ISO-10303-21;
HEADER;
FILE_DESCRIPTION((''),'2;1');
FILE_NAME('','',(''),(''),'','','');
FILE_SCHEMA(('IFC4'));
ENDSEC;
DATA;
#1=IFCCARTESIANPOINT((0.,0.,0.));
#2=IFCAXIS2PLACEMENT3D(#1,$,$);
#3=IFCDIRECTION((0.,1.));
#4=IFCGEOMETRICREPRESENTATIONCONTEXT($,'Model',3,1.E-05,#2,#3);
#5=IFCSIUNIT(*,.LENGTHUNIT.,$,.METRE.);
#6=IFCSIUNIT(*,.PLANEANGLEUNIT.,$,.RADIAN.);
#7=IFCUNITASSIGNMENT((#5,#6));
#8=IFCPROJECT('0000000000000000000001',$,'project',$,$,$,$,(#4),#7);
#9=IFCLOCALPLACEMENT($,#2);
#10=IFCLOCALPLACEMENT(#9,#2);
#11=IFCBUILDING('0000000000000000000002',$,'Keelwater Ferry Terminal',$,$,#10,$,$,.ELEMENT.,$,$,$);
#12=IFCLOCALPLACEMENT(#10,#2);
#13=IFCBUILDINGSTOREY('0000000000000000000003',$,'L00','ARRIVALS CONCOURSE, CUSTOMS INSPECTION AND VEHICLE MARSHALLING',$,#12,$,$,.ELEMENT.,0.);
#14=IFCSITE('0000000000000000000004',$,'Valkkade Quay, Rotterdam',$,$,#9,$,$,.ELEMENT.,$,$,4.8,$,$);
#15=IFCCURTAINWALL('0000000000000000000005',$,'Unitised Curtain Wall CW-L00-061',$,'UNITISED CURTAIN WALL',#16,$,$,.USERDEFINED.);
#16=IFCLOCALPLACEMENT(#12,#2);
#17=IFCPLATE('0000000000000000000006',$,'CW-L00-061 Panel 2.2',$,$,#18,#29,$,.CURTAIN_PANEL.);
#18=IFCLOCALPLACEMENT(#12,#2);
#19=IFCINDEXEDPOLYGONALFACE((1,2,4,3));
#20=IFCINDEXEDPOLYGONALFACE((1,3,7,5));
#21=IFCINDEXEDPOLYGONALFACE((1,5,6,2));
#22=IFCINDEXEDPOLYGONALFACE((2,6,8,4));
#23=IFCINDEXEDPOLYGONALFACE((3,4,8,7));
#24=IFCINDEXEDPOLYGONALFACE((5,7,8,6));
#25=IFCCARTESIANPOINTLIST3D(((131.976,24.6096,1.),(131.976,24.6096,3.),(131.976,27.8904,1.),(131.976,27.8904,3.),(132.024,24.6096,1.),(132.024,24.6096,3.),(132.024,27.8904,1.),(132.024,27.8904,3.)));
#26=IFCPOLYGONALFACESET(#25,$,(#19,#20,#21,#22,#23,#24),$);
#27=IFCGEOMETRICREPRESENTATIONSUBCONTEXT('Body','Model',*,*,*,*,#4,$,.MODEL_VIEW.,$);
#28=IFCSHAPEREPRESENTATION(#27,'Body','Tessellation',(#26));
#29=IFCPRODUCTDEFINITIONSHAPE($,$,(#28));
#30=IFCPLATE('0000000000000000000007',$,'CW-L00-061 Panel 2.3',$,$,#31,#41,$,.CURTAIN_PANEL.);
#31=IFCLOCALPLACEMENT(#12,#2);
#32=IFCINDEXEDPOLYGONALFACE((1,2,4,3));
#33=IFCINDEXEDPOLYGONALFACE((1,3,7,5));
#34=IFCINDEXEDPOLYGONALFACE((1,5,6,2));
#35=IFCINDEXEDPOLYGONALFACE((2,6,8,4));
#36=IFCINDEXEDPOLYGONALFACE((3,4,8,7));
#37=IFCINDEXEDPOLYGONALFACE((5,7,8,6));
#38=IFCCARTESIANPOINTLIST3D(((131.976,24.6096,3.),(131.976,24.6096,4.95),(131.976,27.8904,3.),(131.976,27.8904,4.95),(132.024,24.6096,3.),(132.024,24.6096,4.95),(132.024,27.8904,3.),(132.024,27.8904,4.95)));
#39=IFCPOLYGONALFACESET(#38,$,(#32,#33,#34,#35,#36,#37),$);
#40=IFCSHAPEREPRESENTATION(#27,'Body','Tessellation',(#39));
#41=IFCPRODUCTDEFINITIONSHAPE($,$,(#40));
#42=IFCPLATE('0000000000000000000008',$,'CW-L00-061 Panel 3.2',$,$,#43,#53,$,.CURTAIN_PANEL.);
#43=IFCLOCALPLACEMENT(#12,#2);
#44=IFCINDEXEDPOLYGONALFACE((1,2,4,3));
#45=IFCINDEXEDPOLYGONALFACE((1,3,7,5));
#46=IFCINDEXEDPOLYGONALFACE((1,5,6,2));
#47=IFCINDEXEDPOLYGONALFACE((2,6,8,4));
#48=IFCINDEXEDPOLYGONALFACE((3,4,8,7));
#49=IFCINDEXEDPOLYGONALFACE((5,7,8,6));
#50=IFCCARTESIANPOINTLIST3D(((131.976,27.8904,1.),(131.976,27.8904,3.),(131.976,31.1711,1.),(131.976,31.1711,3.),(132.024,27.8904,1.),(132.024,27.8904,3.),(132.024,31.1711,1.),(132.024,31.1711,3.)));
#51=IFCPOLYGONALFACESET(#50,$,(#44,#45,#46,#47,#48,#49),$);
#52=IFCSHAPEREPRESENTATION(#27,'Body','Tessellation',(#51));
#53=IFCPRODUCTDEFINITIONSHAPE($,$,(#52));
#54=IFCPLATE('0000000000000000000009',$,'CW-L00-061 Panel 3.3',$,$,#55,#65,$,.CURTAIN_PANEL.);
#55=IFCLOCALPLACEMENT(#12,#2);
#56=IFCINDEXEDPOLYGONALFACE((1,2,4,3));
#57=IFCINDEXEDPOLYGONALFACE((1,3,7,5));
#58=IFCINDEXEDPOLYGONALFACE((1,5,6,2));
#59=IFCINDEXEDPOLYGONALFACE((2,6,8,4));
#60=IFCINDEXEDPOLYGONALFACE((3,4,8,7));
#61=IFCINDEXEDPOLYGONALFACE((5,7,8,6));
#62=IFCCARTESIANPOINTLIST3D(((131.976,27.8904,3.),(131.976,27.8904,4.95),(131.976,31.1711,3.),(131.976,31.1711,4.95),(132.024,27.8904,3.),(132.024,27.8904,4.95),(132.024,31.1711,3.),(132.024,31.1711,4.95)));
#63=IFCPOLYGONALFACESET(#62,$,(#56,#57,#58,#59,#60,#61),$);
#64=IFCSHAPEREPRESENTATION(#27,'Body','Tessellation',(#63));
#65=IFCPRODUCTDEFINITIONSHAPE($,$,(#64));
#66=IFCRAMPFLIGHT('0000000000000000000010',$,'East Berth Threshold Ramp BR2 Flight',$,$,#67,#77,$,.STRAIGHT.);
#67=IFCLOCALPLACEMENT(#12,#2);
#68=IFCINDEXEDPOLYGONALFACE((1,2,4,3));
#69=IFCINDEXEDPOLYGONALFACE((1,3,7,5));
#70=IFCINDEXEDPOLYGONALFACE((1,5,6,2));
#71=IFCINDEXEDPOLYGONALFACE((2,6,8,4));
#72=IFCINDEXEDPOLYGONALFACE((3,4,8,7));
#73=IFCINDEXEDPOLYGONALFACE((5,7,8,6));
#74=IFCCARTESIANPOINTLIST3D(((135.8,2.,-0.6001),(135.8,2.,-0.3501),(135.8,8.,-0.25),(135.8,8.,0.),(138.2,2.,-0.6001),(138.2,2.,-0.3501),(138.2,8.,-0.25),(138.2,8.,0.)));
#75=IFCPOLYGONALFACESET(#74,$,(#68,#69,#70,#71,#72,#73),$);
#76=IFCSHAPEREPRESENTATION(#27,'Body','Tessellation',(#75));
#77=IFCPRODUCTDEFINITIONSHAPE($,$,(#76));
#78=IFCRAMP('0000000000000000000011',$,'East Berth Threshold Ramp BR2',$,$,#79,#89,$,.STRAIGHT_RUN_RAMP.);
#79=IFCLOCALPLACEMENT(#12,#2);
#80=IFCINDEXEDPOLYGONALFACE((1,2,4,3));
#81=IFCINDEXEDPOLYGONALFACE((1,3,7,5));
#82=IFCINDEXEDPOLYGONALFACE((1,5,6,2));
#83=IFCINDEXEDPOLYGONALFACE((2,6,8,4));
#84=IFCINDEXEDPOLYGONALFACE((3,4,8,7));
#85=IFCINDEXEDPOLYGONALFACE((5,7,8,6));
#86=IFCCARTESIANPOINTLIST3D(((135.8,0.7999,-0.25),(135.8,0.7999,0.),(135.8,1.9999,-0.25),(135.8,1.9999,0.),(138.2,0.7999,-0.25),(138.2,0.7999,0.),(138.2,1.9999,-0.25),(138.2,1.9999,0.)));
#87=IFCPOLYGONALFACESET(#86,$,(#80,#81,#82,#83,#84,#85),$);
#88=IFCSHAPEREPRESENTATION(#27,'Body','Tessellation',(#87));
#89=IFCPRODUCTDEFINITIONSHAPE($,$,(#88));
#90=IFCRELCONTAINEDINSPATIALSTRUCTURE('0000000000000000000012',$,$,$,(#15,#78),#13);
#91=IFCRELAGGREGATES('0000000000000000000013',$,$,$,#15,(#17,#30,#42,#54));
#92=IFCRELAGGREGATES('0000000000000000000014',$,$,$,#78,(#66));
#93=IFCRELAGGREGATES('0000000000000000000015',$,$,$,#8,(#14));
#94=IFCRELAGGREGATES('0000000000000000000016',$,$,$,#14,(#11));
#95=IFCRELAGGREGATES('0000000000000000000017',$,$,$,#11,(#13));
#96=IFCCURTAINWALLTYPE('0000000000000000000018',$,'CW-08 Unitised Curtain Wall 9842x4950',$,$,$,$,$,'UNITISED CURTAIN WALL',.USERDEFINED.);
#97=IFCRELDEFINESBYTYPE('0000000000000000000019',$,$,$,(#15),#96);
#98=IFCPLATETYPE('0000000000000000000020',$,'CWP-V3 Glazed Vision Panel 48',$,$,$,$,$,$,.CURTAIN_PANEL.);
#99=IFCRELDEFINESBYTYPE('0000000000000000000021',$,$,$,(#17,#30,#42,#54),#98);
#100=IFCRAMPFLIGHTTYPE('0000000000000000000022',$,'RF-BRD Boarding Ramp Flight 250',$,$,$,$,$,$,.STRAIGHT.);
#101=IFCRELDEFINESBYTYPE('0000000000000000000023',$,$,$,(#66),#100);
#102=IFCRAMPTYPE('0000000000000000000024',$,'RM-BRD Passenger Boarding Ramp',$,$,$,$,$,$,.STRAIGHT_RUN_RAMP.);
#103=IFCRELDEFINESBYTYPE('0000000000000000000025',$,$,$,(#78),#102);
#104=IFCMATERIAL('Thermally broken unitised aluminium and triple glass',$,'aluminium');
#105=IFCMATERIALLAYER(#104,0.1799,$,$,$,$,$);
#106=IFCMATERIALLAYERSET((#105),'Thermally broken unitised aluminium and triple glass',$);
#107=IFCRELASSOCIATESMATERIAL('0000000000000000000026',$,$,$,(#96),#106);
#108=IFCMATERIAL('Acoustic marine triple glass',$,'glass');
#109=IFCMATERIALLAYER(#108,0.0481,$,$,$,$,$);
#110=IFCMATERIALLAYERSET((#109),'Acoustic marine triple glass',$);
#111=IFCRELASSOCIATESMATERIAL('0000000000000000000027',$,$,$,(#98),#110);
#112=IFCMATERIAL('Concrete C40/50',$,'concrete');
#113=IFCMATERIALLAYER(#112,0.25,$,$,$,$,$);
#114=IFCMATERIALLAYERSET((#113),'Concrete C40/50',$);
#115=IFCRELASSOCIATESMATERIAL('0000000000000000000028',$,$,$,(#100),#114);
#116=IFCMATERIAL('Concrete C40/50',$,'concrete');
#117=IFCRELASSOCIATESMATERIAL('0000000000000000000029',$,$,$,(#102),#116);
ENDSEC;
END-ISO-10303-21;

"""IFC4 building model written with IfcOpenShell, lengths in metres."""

from ifc_helpers import new_model, si_unit, direction, frame, origin, origin_2d, place, context, subcontext, project, spatial, polyline, rectangle, outline, extrude, material, layer, layer_set, type_object, element, aggregate, save


model = new_model("IFC4")

# Units and contexts
model_context = context("Model", 3, precision=1e-05, world=origin(), true_north=direction((0.0, 1.0)))
body_context = subcontext(model_context, "Body", "Model", "MODEL_VIEW")
ifc_project = project(units=[si_unit("LENGTHUNIT", "METRE"), si_unit("PLANEANGLEUNIT", "RADIAN")], contexts=[model_context])

# Site, building, storey
site_placement = place(None, origin())
site = spatial("IfcSite", under=ifc_project, at=site_placement, Name="Valkkade Quay, Rotterdam", CompositionType="ELEMENT", RefElevation=4.8)
building_placement = place(site_placement, origin())
building = spatial("IfcBuilding", under=site, at=building_placement, Name="Keelwater Ferry Terminal", CompositionType="ELEMENT")
storey_placement = place(building_placement, origin())
storey = spatial("IfcBuildingStorey", under=building, at=storey_placement, Name="L00", Description="ARRIVALS CONCOURSE, CUSTOMS INSPECTION AND VEHICLE MARSHALLING", CompositionType="ELEMENT", Elevation=0.0)

# Curtain wall
ifc_material_1 = material(Name="Thermally broken unitised aluminium and triple glass", Category="aluminium")
ifc_layer_1 = layer(ifc_material_1, 0.1799)
ifc_layer_set_1 = layer_set([ifc_layer_1], Name="Thermally broken unitised aluminium and triple glass")
curtain_wall_type = type_object("IfcCurtainWallType", Name="CW-08 Unitised Curtain Wall 9842x4950", ElementType="UNITISED CURTAIN WALL", PredefinedType="USERDEFINED", material=ifc_layer_set_1)
curtain_wall_placement = place(storey_placement, origin())
curtain_wall = element("IfcCurtainWall", 1, at=curtain_wall_placement, inside=storey, type_object=curtain_wall_type, Name="Unitised Curtain Wall CW-L00-061", ObjectType="UNITISED CURTAIN WALL", PredefinedType="USERDEFINED")

# Plates
ifc_material_2 = material(Name="Acoustic marine triple glass", Category="glass")
ifc_layer_2 = layer(ifc_material_2, 0.0481)
ifc_layer_set_2 = layer_set([ifc_layer_2], Name="Acoustic marine triple glass")
plate_type_1 = type_object("IfcPlateType", Name="CWP-V3 Glazed Vision Panel 48", PredefinedType="CURTAIN_PANEL", material=ifc_layer_set_2)
plate_1_placement = place(storey_placement, frame((132.0, 26.25, 1.0), z_axis=(0.0, 0.0, 1.0), x_axis=(0.0, 1.0, 0.0)))
plate_1 = element("IfcPlate", 2, at=plate_1_placement, type_object=plate_type_1, Name="CW-L00-061 Panel 2.2", PredefinedType="CURTAIN_PANEL", context=body_context, shape_type="SweptSolid", body=[
    extrude(rectangle(XDim=3.2808, YDim=0.0481, at=origin_2d()), origin(), (0.0, 0.0, 1.0), 2.0),
])
plate_2_placement = place(storey_placement, frame((132.0, 26.25, 3.0), z_axis=(0.0, 0.0, 1.0), x_axis=(0.0, 1.0, 0.0)))
plate_2 = element("IfcPlate", 3, at=plate_2_placement, type_object=plate_type_1, Name="CW-L00-061 Panel 2.3", PredefinedType="CURTAIN_PANEL", context=body_context, shape_type="SweptSolid", body=[
    extrude(rectangle(XDim=3.2808, YDim=0.0481, at=origin_2d()), origin(), (0.0, 0.0, 1.0), 1.95),
])
plate_3_placement = place(storey_placement, frame((132.0, 29.5308, 1.0), z_axis=(0.0, 0.0, 1.0), x_axis=(0.0, 1.0, 0.0)))
plate_3 = element("IfcPlate", 4, at=plate_3_placement, type_object=plate_type_1, Name="CW-L00-061 Panel 3.2", PredefinedType="CURTAIN_PANEL", context=body_context, shape_type="SweptSolid", body=[
    extrude(rectangle(XDim=3.2808, YDim=0.0481, at=origin_2d()), origin(), (0.0, 0.0, 1.0), 2.0),
])
plate_4_placement = place(storey_placement, frame((132.0, 29.5308, 3.0), z_axis=(0.0, 0.0, 1.0), x_axis=(0.0, 1.0, 0.0)))
plate_4 = element("IfcPlate", 5, at=plate_4_placement, type_object=plate_type_1, Name="CW-L00-061 Panel 3.3", PredefinedType="CURTAIN_PANEL", context=body_context, shape_type="SweptSolid", body=[
    extrude(rectangle(XDim=3.2808, YDim=0.0481, at=origin_2d()), origin(), (0.0, 0.0, 1.0), 1.95),
])
aggregate(curtain_wall, [plate_1, plate_2, plate_3, plate_4])

# Ramp flight
ifc_material_3 = material(Name="Concrete C40/50", Category="concrete")
ifc_layer_3 = layer(ifc_material_3, 0.25)
ifc_layer_set_3 = layer_set([ifc_layer_3], Name="Concrete C40/50")
ramp_flight_type = type_object("IfcRampFlightType", Name="RF-BRD Boarding Ramp Flight 250", PredefinedType="STRAIGHT", material=ifc_layer_set_3)
ramp_flight_placement = place(storey_placement, frame((137.0, 2.0, -0.3501), z_axis=(0.0, 0.0, 1.0), x_axis=(0.0, 1.0, 0.0)))
ramp_flight = element("IfcRampFlight", 6, at=ramp_flight_placement, type_object=ramp_flight_type, Name="East Berth Threshold Ramp BR2 Flight", PredefinedType="STRAIGHT", context=body_context, shape_type="SweptSolid", body=[
    extrude(outline(polyline([(0.0, 0.0), (6.0, 0.3501), (6.0, 0.1001), (0.0, -0.25), (0.0, 0.0)])), frame((0.0, 1.2, 0.0), z_axis=(0.0, -1.0, 0.0), x_axis=(1.0, 0.0, 0.0)), (0.0, 0.0, 1.0), 2.3999),
])

# Ramp
ifc_material_4 = material(Name="Concrete C40/50", Category="concrete")
ramp_type = type_object("IfcRampType", Name="RM-BRD Passenger Boarding Ramp", PredefinedType="STRAIGHT_RUN_RAMP", material=ifc_material_4)
ramp_placement = place(storey_placement, frame((137.0, 1.3999, -0.25), z_axis=(0.0, 0.0, 1.0), x_axis=(1.0, 0.0, 0.0)))
ramp = element("IfcRamp", 7, at=ramp_placement, inside=storey, type_object=ramp_type, Name="East Berth Threshold Ramp BR2", PredefinedType="STRAIGHT_RUN_RAMP", context=body_context, shape_type="SweptSolid", body=[
    extrude(rectangle(XDim=2.3999, YDim=1.2, at=origin_2d()), origin(), (0.0, 0.0, 1.0), 0.25),
])
aggregate(ramp, [ramp_flight])

save(model, "model.ifc")
